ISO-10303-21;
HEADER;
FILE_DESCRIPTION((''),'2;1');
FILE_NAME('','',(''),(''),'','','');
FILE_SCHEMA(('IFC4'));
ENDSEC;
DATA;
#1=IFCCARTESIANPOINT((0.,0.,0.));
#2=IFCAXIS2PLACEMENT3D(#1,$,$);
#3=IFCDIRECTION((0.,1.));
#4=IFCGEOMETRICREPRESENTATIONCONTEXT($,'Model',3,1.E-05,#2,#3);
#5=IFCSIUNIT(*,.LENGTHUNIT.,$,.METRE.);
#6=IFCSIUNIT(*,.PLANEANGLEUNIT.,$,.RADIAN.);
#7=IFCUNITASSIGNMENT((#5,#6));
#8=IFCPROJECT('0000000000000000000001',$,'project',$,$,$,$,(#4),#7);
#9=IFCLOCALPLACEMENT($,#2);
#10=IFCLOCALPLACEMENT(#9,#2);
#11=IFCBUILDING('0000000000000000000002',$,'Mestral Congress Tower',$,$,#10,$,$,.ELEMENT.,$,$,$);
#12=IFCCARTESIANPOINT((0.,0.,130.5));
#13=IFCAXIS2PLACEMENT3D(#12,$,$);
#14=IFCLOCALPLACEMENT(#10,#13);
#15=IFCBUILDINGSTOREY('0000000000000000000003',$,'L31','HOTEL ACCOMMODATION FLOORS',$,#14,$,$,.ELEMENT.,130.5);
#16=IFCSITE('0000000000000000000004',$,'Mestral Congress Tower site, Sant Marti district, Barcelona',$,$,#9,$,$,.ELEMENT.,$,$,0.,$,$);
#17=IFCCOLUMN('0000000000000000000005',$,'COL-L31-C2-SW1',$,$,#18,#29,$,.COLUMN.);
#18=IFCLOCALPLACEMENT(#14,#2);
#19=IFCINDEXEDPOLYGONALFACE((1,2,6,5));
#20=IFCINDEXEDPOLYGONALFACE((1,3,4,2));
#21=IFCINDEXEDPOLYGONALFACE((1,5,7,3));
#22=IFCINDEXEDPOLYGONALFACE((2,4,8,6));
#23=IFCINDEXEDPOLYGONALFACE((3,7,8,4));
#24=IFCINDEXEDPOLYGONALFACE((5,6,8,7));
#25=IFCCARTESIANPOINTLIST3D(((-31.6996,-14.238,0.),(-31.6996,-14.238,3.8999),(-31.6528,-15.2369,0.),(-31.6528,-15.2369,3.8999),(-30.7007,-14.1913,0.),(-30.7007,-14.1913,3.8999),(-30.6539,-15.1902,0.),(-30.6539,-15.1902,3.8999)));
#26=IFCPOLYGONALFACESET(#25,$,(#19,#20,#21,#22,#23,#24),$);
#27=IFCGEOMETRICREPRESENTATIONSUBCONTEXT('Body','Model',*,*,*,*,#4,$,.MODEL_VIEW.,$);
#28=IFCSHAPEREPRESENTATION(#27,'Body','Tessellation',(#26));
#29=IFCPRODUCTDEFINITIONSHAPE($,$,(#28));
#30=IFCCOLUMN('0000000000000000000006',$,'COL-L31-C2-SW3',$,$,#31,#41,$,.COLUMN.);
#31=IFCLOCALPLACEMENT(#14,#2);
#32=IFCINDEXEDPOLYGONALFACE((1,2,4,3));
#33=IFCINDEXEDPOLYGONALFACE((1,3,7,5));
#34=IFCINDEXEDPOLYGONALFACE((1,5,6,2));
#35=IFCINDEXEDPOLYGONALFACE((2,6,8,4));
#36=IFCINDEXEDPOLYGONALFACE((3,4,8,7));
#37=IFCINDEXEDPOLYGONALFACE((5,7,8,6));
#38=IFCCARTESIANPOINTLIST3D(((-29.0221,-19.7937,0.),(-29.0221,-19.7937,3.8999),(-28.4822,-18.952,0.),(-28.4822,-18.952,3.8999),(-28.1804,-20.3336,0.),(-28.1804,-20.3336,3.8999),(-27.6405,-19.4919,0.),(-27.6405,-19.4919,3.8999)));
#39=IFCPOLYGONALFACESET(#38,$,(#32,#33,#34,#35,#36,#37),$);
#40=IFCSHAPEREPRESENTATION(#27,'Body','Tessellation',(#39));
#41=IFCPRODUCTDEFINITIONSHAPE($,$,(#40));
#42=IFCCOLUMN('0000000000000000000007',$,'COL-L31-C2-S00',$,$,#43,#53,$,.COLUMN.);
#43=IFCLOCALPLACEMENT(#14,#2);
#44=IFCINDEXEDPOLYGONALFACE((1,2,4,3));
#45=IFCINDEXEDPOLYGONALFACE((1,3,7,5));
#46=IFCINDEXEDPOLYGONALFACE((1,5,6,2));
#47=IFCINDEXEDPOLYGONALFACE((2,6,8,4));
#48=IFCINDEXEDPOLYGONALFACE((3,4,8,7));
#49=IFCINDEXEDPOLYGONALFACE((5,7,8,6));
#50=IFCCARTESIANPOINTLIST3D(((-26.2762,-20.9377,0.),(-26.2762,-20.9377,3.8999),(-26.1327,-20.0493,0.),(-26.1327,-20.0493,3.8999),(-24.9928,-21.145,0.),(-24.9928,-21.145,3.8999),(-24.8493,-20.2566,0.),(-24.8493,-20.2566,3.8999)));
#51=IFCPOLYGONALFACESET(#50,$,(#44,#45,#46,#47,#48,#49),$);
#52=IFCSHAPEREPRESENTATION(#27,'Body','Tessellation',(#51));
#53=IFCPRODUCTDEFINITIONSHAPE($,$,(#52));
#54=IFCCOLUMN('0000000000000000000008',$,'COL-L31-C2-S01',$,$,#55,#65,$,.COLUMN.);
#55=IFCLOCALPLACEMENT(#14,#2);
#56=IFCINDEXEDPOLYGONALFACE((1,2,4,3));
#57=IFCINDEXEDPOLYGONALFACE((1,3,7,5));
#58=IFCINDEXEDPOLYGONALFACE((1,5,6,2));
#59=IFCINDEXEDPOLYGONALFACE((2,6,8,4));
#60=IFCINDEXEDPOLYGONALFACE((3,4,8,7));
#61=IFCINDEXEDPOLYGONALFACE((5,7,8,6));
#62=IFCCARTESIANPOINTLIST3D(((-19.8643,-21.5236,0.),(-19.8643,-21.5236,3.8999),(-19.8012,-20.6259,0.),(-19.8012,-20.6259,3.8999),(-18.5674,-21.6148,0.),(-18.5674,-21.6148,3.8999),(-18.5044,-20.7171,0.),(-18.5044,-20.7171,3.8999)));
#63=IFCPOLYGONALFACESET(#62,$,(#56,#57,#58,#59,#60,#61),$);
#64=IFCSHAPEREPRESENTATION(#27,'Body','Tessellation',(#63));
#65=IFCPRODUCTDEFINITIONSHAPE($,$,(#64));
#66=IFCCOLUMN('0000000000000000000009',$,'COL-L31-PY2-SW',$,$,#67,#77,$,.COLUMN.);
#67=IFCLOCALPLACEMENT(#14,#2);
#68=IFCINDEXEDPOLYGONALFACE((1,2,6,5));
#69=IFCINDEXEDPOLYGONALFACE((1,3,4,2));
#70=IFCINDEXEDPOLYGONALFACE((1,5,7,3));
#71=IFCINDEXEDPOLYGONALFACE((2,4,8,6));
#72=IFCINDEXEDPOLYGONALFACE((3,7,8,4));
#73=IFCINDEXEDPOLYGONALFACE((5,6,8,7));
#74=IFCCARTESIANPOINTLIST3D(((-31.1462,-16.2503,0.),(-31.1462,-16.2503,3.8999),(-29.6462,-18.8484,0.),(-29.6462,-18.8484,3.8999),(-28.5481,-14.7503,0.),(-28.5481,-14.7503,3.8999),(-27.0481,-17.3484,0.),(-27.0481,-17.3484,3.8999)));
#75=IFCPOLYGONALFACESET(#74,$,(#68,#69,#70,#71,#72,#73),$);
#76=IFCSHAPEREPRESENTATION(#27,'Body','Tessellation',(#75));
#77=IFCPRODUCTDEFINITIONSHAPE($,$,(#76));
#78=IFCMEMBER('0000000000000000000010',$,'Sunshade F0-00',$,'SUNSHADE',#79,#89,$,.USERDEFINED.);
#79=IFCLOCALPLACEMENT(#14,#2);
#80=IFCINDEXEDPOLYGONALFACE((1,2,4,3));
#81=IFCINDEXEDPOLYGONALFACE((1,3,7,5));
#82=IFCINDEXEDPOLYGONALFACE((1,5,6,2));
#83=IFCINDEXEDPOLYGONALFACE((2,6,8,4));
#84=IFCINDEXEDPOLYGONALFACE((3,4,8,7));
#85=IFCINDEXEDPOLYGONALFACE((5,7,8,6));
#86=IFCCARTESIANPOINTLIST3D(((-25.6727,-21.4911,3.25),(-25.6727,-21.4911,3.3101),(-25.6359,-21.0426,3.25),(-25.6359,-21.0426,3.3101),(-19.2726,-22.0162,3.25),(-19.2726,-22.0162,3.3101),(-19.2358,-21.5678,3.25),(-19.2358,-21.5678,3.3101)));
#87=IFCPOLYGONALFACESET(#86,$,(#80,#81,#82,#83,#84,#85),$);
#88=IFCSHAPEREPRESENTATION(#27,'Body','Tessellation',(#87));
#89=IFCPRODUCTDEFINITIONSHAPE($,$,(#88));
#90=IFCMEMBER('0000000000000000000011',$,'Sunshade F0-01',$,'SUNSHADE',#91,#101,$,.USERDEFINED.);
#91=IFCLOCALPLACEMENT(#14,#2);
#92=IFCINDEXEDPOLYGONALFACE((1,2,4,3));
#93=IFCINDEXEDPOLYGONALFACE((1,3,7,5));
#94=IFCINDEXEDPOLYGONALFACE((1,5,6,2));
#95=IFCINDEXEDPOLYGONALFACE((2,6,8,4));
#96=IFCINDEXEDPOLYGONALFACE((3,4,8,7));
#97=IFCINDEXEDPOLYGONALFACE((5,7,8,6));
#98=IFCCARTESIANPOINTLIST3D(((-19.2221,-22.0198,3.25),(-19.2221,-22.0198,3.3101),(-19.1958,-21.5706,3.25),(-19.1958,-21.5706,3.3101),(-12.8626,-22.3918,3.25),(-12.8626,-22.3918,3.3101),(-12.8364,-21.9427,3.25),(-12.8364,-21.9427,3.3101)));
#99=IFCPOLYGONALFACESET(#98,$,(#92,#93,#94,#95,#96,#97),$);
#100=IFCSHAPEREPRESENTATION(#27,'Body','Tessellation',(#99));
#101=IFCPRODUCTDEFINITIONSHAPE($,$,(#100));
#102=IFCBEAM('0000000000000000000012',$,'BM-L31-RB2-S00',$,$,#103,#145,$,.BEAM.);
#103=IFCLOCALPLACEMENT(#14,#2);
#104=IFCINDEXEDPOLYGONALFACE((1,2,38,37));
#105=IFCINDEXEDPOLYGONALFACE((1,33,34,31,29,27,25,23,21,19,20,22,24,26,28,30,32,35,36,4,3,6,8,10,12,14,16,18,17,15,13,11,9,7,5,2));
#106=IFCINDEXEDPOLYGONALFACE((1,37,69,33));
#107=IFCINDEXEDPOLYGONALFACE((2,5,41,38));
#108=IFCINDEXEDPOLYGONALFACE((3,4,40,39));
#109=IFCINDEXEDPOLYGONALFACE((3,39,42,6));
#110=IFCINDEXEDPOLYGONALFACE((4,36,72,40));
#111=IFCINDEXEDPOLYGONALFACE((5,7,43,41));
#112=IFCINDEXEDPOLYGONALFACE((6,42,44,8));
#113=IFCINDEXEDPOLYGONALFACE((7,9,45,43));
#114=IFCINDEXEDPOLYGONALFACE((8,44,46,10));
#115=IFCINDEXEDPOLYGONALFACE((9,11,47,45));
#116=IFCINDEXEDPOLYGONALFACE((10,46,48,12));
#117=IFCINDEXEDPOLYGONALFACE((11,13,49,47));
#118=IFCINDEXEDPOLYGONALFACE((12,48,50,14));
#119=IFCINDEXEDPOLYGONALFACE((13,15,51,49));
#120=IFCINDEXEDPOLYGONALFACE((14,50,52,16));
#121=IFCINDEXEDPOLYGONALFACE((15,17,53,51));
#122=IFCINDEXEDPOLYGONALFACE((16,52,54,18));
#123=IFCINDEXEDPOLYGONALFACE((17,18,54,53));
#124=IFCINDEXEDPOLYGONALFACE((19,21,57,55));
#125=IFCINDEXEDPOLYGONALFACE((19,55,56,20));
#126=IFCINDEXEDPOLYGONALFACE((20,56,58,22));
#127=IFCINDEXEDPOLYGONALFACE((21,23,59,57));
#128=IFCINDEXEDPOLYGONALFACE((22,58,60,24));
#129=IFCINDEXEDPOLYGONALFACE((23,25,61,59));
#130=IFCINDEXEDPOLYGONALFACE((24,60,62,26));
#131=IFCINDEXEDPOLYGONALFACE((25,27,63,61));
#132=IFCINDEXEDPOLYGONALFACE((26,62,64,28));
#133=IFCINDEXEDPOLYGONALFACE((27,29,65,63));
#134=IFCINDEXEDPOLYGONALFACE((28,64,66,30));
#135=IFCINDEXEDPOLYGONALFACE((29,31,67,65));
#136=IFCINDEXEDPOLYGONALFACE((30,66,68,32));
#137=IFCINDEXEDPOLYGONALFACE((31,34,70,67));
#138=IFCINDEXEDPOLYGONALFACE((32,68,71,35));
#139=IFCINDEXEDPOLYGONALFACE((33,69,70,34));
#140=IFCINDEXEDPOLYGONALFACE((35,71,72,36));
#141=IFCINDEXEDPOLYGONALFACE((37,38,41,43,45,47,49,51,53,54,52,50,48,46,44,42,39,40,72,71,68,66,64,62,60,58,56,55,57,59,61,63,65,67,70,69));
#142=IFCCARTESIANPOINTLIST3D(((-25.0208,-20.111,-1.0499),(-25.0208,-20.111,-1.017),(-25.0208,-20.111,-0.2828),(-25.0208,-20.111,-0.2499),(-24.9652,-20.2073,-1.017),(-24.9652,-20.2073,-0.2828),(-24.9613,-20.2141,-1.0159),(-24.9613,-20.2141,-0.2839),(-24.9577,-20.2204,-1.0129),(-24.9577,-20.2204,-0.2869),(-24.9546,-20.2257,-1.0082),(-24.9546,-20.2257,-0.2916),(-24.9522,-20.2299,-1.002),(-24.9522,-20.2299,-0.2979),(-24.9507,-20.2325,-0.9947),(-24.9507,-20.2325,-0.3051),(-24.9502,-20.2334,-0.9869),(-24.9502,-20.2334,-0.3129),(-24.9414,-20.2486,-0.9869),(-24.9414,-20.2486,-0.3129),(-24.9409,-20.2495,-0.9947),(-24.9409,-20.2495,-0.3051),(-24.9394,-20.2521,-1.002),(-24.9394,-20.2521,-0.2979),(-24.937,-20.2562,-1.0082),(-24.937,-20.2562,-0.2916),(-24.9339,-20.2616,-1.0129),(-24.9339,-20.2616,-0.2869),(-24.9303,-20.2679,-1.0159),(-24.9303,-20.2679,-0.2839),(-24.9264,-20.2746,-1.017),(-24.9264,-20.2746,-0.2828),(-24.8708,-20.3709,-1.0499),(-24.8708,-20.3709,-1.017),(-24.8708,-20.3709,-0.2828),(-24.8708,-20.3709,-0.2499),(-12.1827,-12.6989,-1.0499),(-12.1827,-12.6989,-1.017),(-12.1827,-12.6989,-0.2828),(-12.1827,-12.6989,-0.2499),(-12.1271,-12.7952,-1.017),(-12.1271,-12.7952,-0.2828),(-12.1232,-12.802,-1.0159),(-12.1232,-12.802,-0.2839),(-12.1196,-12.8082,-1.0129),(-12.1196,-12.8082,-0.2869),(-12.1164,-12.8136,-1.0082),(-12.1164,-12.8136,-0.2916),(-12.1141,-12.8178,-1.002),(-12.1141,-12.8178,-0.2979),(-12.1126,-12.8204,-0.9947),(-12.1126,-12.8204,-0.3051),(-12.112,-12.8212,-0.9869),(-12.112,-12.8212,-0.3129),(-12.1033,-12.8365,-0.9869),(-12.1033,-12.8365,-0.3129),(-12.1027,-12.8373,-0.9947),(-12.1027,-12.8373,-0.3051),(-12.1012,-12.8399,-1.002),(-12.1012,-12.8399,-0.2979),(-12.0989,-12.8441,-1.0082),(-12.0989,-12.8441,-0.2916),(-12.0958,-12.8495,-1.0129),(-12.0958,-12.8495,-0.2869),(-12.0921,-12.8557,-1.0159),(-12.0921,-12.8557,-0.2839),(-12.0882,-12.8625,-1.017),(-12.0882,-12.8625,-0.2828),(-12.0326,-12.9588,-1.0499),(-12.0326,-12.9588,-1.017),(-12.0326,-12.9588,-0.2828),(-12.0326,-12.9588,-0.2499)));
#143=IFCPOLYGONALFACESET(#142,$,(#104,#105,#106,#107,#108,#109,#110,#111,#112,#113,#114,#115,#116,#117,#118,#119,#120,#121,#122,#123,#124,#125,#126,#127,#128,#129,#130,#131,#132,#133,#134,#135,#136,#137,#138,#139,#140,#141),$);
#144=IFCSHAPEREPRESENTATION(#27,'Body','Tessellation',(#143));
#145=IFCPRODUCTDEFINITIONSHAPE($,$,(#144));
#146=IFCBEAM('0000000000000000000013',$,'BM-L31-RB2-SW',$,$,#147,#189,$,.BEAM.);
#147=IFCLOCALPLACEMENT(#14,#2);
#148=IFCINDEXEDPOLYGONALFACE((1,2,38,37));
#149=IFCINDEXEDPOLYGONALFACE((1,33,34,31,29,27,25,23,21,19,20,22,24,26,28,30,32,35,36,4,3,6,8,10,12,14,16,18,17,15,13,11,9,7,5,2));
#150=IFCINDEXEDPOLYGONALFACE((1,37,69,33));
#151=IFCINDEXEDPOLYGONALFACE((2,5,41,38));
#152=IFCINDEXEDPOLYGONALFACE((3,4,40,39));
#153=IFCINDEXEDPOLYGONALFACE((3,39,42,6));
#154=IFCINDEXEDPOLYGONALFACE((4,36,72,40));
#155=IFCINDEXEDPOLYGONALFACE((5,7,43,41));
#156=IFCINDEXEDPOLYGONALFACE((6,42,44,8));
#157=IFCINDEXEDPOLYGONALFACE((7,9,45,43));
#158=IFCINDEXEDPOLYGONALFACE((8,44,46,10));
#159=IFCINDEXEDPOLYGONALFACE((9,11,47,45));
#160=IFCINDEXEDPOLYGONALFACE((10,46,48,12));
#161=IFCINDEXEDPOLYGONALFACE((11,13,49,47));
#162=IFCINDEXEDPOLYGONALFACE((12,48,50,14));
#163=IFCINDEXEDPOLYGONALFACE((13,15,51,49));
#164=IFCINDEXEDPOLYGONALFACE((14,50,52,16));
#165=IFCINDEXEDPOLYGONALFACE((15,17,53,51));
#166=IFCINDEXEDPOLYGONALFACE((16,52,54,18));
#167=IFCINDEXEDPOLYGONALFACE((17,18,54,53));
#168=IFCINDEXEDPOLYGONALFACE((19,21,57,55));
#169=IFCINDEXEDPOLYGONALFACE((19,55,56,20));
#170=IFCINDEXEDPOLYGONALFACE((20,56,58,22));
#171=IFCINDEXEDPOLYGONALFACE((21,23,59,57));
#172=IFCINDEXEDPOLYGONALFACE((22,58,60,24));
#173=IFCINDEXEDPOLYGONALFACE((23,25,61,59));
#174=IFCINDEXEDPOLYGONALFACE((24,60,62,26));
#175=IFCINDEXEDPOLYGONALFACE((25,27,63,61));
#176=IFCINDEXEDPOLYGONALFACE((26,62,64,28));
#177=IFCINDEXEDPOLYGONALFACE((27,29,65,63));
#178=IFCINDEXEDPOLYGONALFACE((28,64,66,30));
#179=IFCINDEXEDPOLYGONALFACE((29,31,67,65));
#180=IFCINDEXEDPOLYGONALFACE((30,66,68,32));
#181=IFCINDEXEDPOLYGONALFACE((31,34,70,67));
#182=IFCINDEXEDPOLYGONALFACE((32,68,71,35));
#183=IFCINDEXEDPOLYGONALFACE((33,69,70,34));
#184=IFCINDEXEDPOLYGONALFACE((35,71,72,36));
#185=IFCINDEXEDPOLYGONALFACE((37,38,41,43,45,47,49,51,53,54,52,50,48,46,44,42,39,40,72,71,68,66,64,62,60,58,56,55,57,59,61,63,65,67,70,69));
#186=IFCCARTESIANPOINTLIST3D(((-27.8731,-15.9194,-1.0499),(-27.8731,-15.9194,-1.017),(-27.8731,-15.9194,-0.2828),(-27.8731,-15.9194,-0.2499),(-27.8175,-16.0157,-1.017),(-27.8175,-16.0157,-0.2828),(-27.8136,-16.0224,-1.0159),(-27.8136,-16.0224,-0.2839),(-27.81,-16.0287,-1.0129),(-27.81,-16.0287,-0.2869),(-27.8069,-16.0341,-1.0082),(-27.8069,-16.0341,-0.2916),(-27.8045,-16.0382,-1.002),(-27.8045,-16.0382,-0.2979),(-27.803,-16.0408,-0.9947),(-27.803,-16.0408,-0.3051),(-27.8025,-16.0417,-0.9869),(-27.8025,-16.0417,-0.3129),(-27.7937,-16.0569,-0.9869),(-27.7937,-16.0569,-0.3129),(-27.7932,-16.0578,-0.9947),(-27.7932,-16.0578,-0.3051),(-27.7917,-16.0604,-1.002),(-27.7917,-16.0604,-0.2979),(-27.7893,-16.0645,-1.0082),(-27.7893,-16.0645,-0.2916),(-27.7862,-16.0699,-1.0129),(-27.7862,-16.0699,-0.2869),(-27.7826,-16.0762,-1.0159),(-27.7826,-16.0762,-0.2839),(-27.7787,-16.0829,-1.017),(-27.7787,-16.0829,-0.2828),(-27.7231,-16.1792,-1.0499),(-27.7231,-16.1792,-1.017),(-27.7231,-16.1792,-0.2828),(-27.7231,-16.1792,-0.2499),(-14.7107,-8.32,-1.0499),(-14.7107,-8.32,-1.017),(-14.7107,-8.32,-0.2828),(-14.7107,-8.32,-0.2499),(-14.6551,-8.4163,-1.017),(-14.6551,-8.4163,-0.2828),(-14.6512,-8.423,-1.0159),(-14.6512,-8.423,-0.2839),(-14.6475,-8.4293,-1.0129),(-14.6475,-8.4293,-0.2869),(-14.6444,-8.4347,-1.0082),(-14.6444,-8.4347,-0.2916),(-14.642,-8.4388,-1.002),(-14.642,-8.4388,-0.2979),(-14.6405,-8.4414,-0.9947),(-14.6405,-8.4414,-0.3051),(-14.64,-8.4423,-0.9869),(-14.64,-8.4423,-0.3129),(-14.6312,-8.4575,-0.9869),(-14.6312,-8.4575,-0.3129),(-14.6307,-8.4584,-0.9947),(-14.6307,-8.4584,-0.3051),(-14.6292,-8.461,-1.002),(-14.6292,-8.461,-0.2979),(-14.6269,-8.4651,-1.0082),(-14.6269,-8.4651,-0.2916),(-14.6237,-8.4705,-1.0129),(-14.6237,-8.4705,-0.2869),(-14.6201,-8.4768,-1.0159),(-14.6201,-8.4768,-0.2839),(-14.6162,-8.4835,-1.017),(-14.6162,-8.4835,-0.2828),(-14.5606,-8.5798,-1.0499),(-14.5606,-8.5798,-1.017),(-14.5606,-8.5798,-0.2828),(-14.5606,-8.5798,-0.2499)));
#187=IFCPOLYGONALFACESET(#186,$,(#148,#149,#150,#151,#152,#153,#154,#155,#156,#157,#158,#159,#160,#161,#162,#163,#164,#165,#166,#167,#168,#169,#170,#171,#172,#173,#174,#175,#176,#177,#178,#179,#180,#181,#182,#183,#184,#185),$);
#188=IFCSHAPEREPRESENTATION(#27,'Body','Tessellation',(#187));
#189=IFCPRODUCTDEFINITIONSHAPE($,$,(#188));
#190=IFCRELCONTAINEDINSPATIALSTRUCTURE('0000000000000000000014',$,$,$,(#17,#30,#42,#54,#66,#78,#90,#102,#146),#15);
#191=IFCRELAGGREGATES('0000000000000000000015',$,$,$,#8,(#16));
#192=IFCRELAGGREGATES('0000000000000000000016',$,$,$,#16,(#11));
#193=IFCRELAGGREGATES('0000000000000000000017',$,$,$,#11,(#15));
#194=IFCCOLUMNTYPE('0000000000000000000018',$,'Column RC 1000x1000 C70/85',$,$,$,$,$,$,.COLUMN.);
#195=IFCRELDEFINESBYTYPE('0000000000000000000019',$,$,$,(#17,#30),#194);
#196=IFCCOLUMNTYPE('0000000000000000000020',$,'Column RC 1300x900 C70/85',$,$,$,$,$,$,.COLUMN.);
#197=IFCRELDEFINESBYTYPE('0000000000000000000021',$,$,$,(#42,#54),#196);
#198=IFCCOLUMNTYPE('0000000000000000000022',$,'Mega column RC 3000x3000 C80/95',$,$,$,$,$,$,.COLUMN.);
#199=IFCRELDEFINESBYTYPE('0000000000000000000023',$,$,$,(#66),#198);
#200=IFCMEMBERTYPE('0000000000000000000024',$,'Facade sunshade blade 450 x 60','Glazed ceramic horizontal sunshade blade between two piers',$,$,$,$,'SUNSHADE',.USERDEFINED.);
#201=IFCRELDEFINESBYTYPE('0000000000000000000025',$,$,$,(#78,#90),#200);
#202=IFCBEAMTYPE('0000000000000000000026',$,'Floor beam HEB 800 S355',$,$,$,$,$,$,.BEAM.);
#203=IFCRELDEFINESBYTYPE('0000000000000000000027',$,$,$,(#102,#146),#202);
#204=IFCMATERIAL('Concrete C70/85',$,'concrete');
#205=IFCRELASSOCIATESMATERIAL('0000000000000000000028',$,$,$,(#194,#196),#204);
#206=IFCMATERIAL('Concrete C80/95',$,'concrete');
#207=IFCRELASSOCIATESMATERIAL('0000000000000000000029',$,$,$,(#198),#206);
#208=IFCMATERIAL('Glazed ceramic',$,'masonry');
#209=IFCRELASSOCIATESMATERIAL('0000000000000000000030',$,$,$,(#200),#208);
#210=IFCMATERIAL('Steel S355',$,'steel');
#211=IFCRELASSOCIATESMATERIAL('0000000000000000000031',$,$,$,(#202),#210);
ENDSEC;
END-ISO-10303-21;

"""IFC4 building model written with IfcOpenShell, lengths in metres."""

from ifc_helpers import new_model, si_unit, direction, frame, origin, origin_2d, place, context, subcontext, project, spatial, rectangle, i_section, extrude, material, material_profile, profile_set, type_object, element, save


model = new_model("IFC4")

# Units and contexts
model_context = context("Model", 3, precision=1e-05, world=origin(), true_north=direction((0.0, 1.0)))
body_context = subcontext(model_context, "Body", "Model", "MODEL_VIEW")
ifc_project = project(units=[si_unit("LENGTHUNIT", "METRE"), si_unit("PLANEANGLEUNIT", "RADIAN")], contexts=[model_context])

# Site, building, storey
site_placement = place(None, origin())
site = spatial("IfcSite", under=ifc_project, at=site_placement, Name="Mestral Congress Tower site, Sant Marti district, Barcelona", CompositionType="ELEMENT", RefElevation=0.0)
building_placement = place(site_placement, origin())
building = spatial("IfcBuilding", under=site, at=building_placement, Name="Mestral Congress Tower", CompositionType="ELEMENT")
storey_placement = place(building_placement, frame((0.0, 0.0, 130.5)))
storey = spatial("IfcBuildingStorey", under=building, at=storey_placement, Name="L31", Description="HOTEL ACCOMMODATION FLOORS", CompositionType="ELEMENT", Elevation=130.5)

# Columns
ifc_material_1 = material(Name="Concrete C70/85", Category="concrete")
ifc_material_profile_1 = material_profile(ifc_material_1, rectangle(XDim=1.0, YDim=1.0, at=origin_2d()), Name="RC 1000x1000")
ifc_profile_set_1 = profile_set([ifc_material_profile_1], Name="Concrete C70/85")
column_type_1 = type_object("IfcColumnType", Name="Column RC 1000x1000 C70/85", PredefinedType="COLUMN", material=ifc_profile_set_1)
for number, where, z_axis, x_axis, name in (
    (1, (-31.1768, -14.7141, 0.0), (0.0, 0.0, 1.0), (0.046756, -0.998906, 0.0), "COL-L31-C2-SW1"),
    (2, (-28.3313, -19.6428, 0.0), (0.0, 0.0, 1.0), (0.8417, -0.539945, 0.0), "COL-L31-C2-SW3"),
):
    element("IfcColumn", number, at=place(storey_placement, frame(where, z_axis=z_axis, x_axis=x_axis)), inside=storey, type_object=column_type_1, Name=name, PredefinedType="COLUMN", context=body_context, shape_type="SweptSolid", body=[
        extrude(rectangle(XDim=1.0, YDim=1.0, at=origin_2d()), origin(), (0.0, 0.0, 1.0), 3.8999),
    ])
ifc_material_profile_2 = material_profile(ifc_material_1, rectangle(XDim=1.3, YDim=0.8999, at=origin_2d()), Name="RC 1300x900")
ifc_profile_set_2 = profile_set([ifc_material_profile_2], Name="Concrete C70/85")
column_type_2 = type_object("IfcColumnType", Name="Column RC 1300x900 C70/85", PredefinedType="COLUMN", material=ifc_profile_set_2)
for number, where, z_axis, x_axis, name in (
    (3, (-25.5627, -20.5972, 0.0), (0.0, 0.0, 1.0), (0.987202, -0.159473, 0.0), "COL-L31-C2-S00"),
    (4, (-19.1843, -21.1204, 0.0), (0.0, 0.0, 1.0), (0.99754, -0.070101, 0.0), "COL-L31-C2-S01"),
):
    element("IfcColumn", number, at=place(storey_placement, frame(where, z_axis=z_axis, x_axis=x_axis)), inside=storey, type_object=column_type_2, Name=name, PredefinedType="COLUMN", context=body_context, shape_type="SweptSolid", body=[
        extrude(rectangle(XDim=1.3, YDim=0.8999, at=origin_2d()), origin(), (0.0, 0.0, 1.0), 3.8999),
    ])
ifc_material_2 = material(Name="Concrete C80/95", Category="concrete")
ifc_material_profile_3 = material_profile(ifc_material_2, rectangle(XDim=3.0, YDim=3.0, at=origin_2d()), Name="RC 3000x3000")
ifc_profile_set_3 = profile_set([ifc_material_profile_3], Name="Concrete C80/95")
column_type_3 = type_object("IfcColumnType", Name="Mega column RC 3000x3000 C80/95", PredefinedType="COLUMN", material=ifc_profile_set_3)
column_placement = place(storey_placement, frame((-29.0972, -16.7993, 0.0), z_axis=(0.0, 0.0, 1.0), x_axis=(-0.866025, -0.5, 0.0)))
element("IfcColumn", 5, at=column_placement, inside=storey, type_object=column_type_3, Name="COL-L31-PY2-SW", PredefinedType="COLUMN", context=body_context, shape_type="SweptSolid", body=[
    extrude(rectangle(XDim=3.0, YDim=3.0, at=origin_2d()), origin(), (0.0, 0.0, 1.0), 3.8999),
])

# Members
ifc_material_3 = material(Name="Glazed ceramic", Category="masonry")
ifc_material_profile_4 = material_profile(ifc_material_3, rectangle(XDim=0.45, YDim=0.0601, at=origin_2d()), Name="Ceramic blade 450 x 60")
ifc_profile_set_4 = profile_set([ifc_material_profile_4], Name="Glazed ceramic")
member_type = type_object("IfcMemberType", Name="Facade sunshade blade 450 x 60", Description="Glazed ceramic horizontal sunshade blade between two piers", ElementType="SUNSHADE", PredefinedType="USERDEFINED", material=ifc_profile_set_4)
member_1_placement = place(storey_placement, frame((-25.6543, -21.2668, 3.28), z_axis=(0.996651, -0.081777, 0.0), x_axis=(0.081777, 0.996651, 0.0)))
element("IfcMember", 6, at=member_1_placement, inside=storey, type_object=member_type, Name="Sunshade F0-00", ObjectType="SUNSHADE", PredefinedType="USERDEFINED", context=body_context, shape_type="SweptSolid", body=[
    extrude(rectangle(XDim=0.45, YDim=0.0601, at=origin_2d()), origin(), (0.0, 0.0, 1.0), 6.4216),
])
member_2_placement = place(storey_placement, frame((-19.209, -21.7952, 3.28), z_axis=(0.998293, -0.058407, 0.0), x_axis=(0.058407, 0.998293, 0.0)))
element("IfcMember", 7, at=member_2_placement, inside=storey, type_object=member_type, Name="Sunshade F0-01", ObjectType="SUNSHADE", PredefinedType="USERDEFINED", context=body_context, shape_type="SweptSolid", body=[
    extrude(rectangle(XDim=0.45, YDim=0.0601, at=origin_2d()), origin(), (0.0, 0.0, 1.0), 6.3704),
])

# Beams
ifc_material_4 = material(Name="Steel S355", Category="steel")
ifc_material_profile_5 = material_profile(ifc_material_4, i_section(OverallWidth=0.3, OverallDepth=0.8, WebThickness=0.0176, FlangeThickness=0.033, FilletRadius=0.03, at=origin_2d()), Name="HEB 800")
ifc_profile_set_5 = profile_set([ifc_material_profile_5], Name="Steel S355")
beam_type_1 = type_object("IfcBeamType", Name="Floor beam HEB 800 S355", PredefinedType="BEAM", material=ifc_profile_set_5)
beam_1_placement = place(storey_placement, frame((-24.9458, -20.241, -0.6499), z_axis=(0.866025, 0.5, 0.0), x_axis=(-0.5, 0.866025, 0.0)))
element("IfcBeam", 8, at=beam_1_placement, inside=storey, type_object=beam_type_1, Name="BM-L31-RB2-S00", PredefinedType="BEAM", context=body_context, shape_type="SweptSolid", body=[
    extrude(i_section(OverallWidth=0.3, OverallDepth=0.8, WebThickness=0.0176, FlangeThickness=0.033, FilletRadius=0.03, at=origin_2d()), origin(), (0.0, 0.0, 1.0), 14.8242),
])
beam_2_placement = place(storey_placement, frame((-27.7981, -16.0493, -0.6499), z_axis=(0.866023, 0.500004, 0.0), x_axis=(-0.500004, 0.866023, 0.0)))
element("IfcBeam", 9, at=beam_2_placement, inside=storey, type_object=beam_type_1, Name="BM-L31-RB2-SW", PredefinedType="BEAM", context=body_context, shape_type="SweptSolid", body=[
    extrude(i_section(OverallWidth=0.3, OverallDepth=0.8, WebThickness=0.0176, FlangeThickness=0.033, FilletRadius=0.03, at=origin_2d()), origin(), (0.0, 0.0, 1.0), 15.1987),
])

save(model, "model.ifc")
